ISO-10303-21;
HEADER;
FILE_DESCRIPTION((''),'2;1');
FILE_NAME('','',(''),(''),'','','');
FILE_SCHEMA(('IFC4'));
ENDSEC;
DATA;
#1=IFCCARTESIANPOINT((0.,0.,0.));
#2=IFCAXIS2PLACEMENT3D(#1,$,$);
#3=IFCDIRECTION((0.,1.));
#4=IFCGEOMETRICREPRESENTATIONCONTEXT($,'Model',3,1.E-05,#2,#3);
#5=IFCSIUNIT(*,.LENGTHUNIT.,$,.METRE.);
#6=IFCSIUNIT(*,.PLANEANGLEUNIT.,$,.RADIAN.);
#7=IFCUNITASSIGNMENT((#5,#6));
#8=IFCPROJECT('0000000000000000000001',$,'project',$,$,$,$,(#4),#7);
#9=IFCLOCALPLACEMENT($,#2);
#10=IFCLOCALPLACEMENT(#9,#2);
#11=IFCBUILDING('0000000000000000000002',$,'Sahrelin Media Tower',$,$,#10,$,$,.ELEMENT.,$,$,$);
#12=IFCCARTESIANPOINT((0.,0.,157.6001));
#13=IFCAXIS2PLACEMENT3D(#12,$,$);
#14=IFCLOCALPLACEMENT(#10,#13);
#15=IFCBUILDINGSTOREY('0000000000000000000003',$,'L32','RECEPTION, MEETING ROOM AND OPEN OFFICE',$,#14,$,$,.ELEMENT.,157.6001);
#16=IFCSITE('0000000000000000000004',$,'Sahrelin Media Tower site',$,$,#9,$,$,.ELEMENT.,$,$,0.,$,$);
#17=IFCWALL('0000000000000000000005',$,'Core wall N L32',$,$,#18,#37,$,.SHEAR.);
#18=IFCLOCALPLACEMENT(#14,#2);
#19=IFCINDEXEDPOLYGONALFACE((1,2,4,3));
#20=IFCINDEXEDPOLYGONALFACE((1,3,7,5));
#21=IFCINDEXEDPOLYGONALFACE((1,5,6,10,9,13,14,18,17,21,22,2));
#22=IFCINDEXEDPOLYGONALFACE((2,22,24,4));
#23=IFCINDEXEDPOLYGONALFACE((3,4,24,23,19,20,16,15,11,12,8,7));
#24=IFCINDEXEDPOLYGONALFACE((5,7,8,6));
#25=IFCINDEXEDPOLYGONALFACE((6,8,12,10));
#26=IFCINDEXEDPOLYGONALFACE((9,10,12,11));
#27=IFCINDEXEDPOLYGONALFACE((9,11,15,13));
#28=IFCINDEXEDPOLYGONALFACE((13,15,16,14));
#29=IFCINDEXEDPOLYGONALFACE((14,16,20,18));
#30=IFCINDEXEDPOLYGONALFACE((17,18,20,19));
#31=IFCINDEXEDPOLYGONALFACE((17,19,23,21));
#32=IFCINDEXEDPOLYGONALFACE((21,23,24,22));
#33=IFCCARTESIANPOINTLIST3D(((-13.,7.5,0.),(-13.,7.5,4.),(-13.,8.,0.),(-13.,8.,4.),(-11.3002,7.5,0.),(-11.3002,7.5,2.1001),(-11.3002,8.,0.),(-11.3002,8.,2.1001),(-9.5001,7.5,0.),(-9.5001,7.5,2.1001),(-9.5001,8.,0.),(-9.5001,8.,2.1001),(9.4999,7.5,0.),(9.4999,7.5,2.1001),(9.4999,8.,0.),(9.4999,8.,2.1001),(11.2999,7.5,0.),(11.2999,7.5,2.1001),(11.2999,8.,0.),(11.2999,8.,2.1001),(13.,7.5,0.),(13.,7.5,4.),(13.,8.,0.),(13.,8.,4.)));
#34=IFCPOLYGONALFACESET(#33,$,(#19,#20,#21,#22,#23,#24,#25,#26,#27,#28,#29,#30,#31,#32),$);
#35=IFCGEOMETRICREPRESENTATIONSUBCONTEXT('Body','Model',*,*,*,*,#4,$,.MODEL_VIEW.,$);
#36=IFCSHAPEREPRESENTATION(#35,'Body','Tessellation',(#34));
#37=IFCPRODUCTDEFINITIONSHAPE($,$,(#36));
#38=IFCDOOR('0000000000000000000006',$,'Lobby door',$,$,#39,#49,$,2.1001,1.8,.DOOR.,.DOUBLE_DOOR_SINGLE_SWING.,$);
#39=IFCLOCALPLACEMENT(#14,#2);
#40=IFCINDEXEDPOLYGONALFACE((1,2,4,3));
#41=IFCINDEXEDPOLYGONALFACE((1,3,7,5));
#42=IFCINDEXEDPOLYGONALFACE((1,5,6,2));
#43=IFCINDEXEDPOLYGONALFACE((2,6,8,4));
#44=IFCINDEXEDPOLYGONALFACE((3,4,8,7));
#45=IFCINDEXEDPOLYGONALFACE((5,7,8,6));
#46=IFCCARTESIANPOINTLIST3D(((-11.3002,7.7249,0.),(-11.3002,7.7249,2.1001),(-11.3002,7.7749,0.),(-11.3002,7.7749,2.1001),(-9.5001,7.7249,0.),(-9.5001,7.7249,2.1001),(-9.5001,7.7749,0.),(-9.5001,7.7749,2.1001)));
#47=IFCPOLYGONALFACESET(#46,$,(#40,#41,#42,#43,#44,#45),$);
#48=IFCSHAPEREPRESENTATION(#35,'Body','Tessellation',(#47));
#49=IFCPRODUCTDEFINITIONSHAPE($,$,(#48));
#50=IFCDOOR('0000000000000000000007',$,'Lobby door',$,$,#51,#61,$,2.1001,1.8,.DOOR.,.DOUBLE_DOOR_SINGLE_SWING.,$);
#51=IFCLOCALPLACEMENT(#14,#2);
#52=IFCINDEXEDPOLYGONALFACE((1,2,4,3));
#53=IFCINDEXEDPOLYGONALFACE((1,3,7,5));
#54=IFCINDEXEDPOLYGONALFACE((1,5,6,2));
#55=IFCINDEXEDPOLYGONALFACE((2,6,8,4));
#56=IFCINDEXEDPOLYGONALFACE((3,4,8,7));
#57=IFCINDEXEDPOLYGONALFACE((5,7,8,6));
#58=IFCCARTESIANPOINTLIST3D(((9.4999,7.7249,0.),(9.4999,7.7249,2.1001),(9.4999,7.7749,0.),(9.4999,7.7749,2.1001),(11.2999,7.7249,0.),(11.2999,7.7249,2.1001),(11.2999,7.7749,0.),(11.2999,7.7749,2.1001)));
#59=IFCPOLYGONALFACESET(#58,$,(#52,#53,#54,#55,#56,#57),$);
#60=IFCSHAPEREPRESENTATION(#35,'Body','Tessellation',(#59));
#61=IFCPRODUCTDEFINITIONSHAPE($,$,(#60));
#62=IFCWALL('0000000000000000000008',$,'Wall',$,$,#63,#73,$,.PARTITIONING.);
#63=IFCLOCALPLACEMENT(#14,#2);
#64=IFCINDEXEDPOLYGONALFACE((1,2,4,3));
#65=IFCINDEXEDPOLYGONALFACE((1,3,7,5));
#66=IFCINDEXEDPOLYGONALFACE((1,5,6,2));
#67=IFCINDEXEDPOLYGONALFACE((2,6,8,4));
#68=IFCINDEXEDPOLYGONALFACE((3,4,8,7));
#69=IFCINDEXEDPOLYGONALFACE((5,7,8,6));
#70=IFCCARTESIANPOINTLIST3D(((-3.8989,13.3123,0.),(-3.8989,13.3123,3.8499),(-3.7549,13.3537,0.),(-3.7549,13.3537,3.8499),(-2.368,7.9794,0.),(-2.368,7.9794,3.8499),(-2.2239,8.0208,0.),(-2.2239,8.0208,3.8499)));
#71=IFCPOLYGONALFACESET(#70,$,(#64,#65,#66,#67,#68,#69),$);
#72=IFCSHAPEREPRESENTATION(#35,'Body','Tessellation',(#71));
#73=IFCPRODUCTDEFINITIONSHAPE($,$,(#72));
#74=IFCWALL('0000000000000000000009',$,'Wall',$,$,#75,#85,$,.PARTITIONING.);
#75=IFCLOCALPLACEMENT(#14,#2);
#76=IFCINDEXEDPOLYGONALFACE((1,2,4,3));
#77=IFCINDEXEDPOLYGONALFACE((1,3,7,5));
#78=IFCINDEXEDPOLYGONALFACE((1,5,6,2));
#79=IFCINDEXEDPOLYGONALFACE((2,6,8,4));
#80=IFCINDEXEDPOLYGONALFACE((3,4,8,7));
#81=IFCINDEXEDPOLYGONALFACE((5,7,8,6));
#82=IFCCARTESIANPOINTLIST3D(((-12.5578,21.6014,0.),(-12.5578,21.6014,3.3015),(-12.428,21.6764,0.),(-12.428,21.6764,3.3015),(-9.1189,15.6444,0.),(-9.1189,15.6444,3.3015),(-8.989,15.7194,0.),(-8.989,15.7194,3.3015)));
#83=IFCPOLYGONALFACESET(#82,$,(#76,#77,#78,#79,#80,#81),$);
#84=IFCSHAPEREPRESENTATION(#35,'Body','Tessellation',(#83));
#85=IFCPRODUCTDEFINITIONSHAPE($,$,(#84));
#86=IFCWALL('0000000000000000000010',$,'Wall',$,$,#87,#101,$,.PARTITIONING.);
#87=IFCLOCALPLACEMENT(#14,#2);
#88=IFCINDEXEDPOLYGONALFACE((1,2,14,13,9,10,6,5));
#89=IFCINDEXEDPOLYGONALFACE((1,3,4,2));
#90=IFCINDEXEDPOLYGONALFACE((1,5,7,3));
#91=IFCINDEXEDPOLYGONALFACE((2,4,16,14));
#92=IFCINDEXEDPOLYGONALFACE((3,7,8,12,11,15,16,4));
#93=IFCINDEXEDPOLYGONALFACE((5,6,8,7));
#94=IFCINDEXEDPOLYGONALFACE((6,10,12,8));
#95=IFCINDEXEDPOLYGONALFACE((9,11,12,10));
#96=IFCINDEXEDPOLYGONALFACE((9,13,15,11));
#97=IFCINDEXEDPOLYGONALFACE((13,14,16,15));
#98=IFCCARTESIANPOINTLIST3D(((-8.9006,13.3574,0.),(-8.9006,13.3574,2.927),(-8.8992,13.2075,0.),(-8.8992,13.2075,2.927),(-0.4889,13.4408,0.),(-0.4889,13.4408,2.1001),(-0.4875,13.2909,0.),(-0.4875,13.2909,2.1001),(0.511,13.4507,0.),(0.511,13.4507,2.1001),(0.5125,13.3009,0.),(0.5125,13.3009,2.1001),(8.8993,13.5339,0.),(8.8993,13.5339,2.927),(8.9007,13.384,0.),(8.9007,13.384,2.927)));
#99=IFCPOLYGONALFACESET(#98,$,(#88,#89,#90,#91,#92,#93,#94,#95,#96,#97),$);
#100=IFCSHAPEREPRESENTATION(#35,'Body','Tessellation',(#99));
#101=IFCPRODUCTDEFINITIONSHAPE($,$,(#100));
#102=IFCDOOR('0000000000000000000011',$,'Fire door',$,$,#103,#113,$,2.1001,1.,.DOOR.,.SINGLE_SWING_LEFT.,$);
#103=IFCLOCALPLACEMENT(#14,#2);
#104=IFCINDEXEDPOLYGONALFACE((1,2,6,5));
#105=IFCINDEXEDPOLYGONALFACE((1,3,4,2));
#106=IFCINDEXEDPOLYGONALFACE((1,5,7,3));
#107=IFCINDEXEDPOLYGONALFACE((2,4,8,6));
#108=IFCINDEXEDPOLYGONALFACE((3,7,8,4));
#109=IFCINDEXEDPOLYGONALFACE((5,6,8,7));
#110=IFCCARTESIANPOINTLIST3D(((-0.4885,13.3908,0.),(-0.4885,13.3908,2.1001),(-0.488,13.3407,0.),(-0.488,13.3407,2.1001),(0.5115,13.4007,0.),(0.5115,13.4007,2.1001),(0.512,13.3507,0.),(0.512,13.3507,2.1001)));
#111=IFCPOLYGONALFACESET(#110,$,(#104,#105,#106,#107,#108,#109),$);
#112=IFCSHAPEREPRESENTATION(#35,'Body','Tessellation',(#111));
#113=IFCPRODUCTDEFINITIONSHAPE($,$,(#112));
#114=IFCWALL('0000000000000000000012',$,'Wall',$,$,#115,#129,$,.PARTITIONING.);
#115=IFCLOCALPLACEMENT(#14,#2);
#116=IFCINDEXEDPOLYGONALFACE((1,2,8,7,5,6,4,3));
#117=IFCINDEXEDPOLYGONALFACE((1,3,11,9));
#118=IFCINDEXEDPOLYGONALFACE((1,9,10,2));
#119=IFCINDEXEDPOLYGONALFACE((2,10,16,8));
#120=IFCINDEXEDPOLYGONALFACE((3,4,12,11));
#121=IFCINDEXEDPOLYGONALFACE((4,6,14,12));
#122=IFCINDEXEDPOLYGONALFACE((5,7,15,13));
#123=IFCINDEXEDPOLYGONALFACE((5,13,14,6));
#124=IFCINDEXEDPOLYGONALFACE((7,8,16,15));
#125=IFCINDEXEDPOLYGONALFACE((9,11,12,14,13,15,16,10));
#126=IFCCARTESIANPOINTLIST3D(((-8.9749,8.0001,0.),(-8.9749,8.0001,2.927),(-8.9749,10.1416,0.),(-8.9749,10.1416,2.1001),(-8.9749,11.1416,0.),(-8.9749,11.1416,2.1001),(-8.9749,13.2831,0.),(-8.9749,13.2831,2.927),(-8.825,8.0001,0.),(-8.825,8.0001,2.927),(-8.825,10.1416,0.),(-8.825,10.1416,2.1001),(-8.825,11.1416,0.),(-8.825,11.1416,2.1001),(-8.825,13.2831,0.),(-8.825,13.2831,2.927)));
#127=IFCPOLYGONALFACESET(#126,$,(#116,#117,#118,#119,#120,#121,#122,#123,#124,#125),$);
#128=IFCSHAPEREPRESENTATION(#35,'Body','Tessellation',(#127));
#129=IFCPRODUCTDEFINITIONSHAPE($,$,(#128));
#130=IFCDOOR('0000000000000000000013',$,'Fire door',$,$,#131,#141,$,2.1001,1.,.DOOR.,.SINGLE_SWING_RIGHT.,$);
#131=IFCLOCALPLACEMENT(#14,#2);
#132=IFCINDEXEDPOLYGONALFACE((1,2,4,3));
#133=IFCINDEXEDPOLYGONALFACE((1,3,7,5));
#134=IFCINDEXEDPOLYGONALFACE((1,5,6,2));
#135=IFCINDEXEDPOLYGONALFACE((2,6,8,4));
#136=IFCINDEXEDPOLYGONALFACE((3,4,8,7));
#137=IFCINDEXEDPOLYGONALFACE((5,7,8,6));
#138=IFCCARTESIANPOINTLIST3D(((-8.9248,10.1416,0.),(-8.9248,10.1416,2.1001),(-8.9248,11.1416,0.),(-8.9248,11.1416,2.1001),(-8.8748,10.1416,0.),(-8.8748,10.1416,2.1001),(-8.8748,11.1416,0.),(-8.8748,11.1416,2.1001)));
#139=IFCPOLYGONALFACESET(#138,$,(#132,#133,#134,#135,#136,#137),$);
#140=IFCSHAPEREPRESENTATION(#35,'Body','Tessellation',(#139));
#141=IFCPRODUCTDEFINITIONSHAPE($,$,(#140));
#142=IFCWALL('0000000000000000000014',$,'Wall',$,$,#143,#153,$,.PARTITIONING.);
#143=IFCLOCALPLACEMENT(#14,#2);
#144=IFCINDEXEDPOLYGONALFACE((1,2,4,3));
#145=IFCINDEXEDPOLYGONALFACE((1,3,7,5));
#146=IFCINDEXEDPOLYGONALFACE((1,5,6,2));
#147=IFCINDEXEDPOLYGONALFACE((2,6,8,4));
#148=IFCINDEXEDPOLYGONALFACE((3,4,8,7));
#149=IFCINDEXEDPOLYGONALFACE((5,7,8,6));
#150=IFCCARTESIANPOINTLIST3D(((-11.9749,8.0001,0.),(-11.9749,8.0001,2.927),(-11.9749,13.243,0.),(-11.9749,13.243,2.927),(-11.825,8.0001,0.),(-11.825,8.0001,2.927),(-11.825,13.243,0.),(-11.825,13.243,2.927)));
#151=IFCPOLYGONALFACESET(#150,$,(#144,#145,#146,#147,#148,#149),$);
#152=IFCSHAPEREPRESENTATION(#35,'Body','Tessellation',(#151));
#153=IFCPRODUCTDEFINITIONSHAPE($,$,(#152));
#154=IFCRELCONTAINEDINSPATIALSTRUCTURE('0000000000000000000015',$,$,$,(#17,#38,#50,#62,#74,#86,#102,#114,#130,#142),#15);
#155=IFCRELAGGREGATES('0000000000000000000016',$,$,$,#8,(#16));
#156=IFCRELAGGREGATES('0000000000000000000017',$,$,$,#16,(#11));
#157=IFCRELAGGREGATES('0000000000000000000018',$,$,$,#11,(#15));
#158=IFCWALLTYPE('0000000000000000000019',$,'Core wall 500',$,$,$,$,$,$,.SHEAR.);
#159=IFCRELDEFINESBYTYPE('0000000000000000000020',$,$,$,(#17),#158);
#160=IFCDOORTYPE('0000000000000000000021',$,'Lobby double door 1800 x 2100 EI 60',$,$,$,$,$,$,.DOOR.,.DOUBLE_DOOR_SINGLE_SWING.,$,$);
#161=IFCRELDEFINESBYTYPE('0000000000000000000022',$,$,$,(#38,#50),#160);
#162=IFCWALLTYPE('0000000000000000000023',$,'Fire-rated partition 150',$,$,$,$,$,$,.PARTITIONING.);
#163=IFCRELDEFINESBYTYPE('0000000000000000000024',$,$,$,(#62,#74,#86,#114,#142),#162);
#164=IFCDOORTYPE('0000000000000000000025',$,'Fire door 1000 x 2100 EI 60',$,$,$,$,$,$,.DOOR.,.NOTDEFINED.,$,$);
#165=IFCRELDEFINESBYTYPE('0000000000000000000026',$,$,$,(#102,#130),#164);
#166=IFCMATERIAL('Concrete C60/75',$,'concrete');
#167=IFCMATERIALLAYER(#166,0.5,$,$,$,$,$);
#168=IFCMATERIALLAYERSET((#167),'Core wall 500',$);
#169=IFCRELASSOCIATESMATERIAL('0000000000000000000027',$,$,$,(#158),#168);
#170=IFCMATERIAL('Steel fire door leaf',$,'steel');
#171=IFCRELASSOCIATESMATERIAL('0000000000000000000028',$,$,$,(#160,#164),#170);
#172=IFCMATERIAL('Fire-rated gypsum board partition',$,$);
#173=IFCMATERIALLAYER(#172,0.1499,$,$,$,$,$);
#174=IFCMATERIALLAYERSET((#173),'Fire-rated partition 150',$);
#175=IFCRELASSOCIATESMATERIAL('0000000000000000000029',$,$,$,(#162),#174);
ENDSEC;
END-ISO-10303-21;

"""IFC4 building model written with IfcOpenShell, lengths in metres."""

from ifc_helpers import new_model, si_unit, direction, frame, frame_2d, origin, place, context, subcontext, project, spatial, rectangle, extrude, material, layer, layer_set, type_object, element, fill, save


model = new_model("IFC4")

# Units and contexts
model_context = context("Model", 3, precision=1e-05, world=origin(), true_north=direction((0.0, 1.0)))
body_context = subcontext(model_context, "Body", "Model", "MODEL_VIEW")
ifc_project = project(units=[si_unit("LENGTHUNIT", "METRE"), si_unit("PLANEANGLEUNIT", "RADIAN")], contexts=[model_context])

# Site, building, storey
site_placement = place(None, origin())
site = spatial("IfcSite", under=ifc_project, at=site_placement, Name="Sahrelin Media Tower site", CompositionType="ELEMENT", RefElevation=0.0)
building_placement = place(site_placement, origin())
building = spatial("IfcBuilding", under=site, at=building_placement, Name="Sahrelin Media Tower", CompositionType="ELEMENT")
storey_placement = place(building_placement, frame((0.0, 0.0, 157.6001)))
storey = spatial("IfcBuildingStorey", under=building, at=storey_placement, Name="L32", Description="RECEPTION, MEETING ROOM AND OPEN OFFICE", CompositionType="ELEMENT", Elevation=157.6001)

# Wall, openings, doors
ifc_material_1 = material(Name="Concrete C60/75", Category="concrete")
ifc_layer_1 = layer(ifc_material_1, 0.5)
ifc_layer_set_1 = layer_set([ifc_layer_1], Name="Core wall 500")
wall_type_1 = type_object("IfcWallType", Name="Core wall 500", PredefinedType="SHEAR", material=ifc_layer_set_1)
wall_1_placement = place(storey_placement, frame((-13.0, 7.75, 0.0), z_axis=(0.0, 0.0, 1.0), x_axis=(1.0, 0.0, 0.0)))
wall_1 = element("IfcWall", 1, at=wall_1_placement, inside=storey, type_object=wall_type_1, Name="Core wall N L32", PredefinedType="SHEAR", context=body_context, shape_type="SweptSolid", body=[
    extrude(rectangle(XDim=26.0, YDim=0.5, at=frame_2d((13.0, 0.0))), origin(), (0.0, 0.0, 1.0), 4.0),
])
opening_1_placement = place(wall_1_placement, frame((1.7, 0.0, 0.0)))
opening_1 = element("IfcOpeningElement", 2, at=opening_1_placement, cuts=wall_1, PredefinedType="OPENING", context=body_context, shape_type="SweptSolid", body=[
    extrude(rectangle(XDim=1.8, YDim=2.1001, at=frame_2d((0.8999, 1.05))), frame((0.0, 0.25, 0.0), z_axis=(0.0, -1.0, 0.0), x_axis=(1.0, 0.0, 0.0)), (0.0, 0.0, 1.0), 0.5),
])
opening_2_placement = place(wall_1_placement, frame((22.5, 0.0, 0.0)))
opening_2 = element("IfcOpeningElement", 3, at=opening_2_placement, cuts=wall_1, PredefinedType="OPENING", context=body_context, shape_type="SweptSolid", body=[
    extrude(rectangle(XDim=1.8, YDim=2.1001, at=frame_2d((0.8999, 1.05))), frame((0.0, 0.25, 0.0), z_axis=(0.0, -1.0, 0.0), x_axis=(1.0, 0.0, 0.0)), (0.0, 0.0, 1.0), 0.5),
])
ifc_material_2 = material(Name="Steel fire door leaf", Category="steel")
door_type_1 = type_object("IfcDoorType", Name="Lobby double door 1800 x 2100 EI 60", OperationType="DOUBLE_DOOR_SINGLE_SWING", PredefinedType="DOOR", material=ifc_material_2)
door_1_placement = place(opening_1_placement, origin())
door_1 = element("IfcDoor", 4, at=door_1_placement, inside=storey, type_object=door_type_1, Name="Lobby door", OperationType="DOUBLE_DOOR_SINGLE_SWING", OverallHeight=2.1001, OverallWidth=1.8, PredefinedType="DOOR", context=body_context, shape_type="SweptSolid", body=[
    extrude(rectangle(XDim=1.8, YDim=2.1001, at=frame_2d((0.8999, 1.05))), frame((0.0, 0.0249, 0.0), z_axis=(0.0, -1.0, 0.0), x_axis=(1.0, 0.0, 0.0)), (0.0, 0.0, 1.0), 0.05),
])
fill(opening_1, door_1)
door_2_placement = place(opening_2_placement, origin())
door_2 = element("IfcDoor", 5, at=door_2_placement, inside=storey, type_object=door_type_1, Name="Lobby door", OperationType="DOUBLE_DOOR_SINGLE_SWING", OverallHeight=2.1001, OverallWidth=1.8, PredefinedType="DOOR", context=body_context, shape_type="SweptSolid", body=[
    extrude(rectangle(XDim=1.8, YDim=2.1001, at=frame_2d((0.8999, 1.05))), frame((0.0, 0.0249, 0.0), z_axis=(0.0, -1.0, 0.0), x_axis=(1.0, 0.0, 0.0)), (0.0, 0.0, 1.0), 0.05),
])
fill(opening_2, door_2)

# Walls
ifc_material_3 = material(Name="Fire-rated gypsum board partition")
ifc_layer_2 = layer(ifc_material_3, 0.1499)
ifc_layer_set_2 = layer_set([ifc_layer_2], Name="Fire-rated partition 150")
wall_type_2 = type_object("IfcWallType", Name="Fire-rated partition 150", PredefinedType="PARTITIONING", material=ifc_layer_set_2)
wall_2_placement = place(storey_placement, frame((-3.8269, 13.333, 0.0), z_axis=(0.0, 0.0, 1.0), x_axis=(0.275936, -0.961176, 0.0)))
element("IfcWall", 6, at=wall_2_placement, inside=storey, type_object=wall_type_2, Name="Wall", PredefinedType="PARTITIONING", context=body_context, shape_type="SweptSolid", body=[
    extrude(rectangle(XDim=5.5483, YDim=0.1499, at=frame_2d((2.7742, 0.0))), origin(), (0.0, 0.0, 1.0), 3.8499),
])
wall_3_placement = place(storey_placement, frame((-12.4929, 21.6389, 0.0), z_axis=(0.0, 0.0, 1.0), x_axis=(0.499964, -0.866046, 0.0)))
element("IfcWall", 7, at=wall_3_placement, inside=storey, type_object=wall_type_2, Name="Wall", PredefinedType="PARTITIONING", context=body_context, shape_type="SweptSolid", body=[
    extrude(rectangle(XDim=6.8784, YDim=0.1499, at=frame_2d((3.4392, 0.0))), origin(), (0.0, 0.0, 1.0), 3.3015),
])

# Walls, openings, doors
wall_4_placement = place(storey_placement, frame((-8.8999, 13.2825, 0.0), z_axis=(0.0, 0.0, 1.0), x_axis=(0.999951, 0.009916, 0.0)))
wall_4 = element("IfcWall", 8, at=wall_4_placement, inside=storey, type_object=wall_type_2, Name="Wall", PredefinedType="PARTITIONING", context=body_context, shape_type="SweptSolid", body=[
    extrude(rectangle(XDim=17.8008, YDim=0.1499, at=frame_2d((8.9004, 0.0))), origin(), (0.0, 0.0, 1.0), 2.927),
])
opening_3_placement = place(wall_4_placement, frame((8.4121, 0.0, 0.0)))
opening_3 = element("IfcOpeningElement", 9, at=opening_3_placement, cuts=wall_4, PredefinedType="OPENING", context=body_context, shape_type="SweptSolid", body=[
    extrude(rectangle(XDim=1.0, YDim=2.1001, at=frame_2d((0.5, 1.05))), frame((0.0, 0.075, 0.0), z_axis=(0.0, -1.0, 0.0), x_axis=(1.0, 0.0, 0.0)), (0.0, 0.0, 1.0), 0.1499),
])
door_type_2 = type_object("IfcDoorType", Name="Fire door 1000 x 2100 EI 60", OperationType="NOTDEFINED", PredefinedType="DOOR", material=ifc_material_2)
door_3_placement = place(opening_3_placement, origin())
door_3 = element("IfcDoor", 10, at=door_3_placement, inside=storey, type_object=door_type_2, Name="Fire door", OperationType="SINGLE_SWING_LEFT", OverallHeight=2.1001, OverallWidth=1.0, PredefinedType="DOOR", context=body_context, shape_type="SweptSolid", body=[
    extrude(rectangle(XDim=1.0, YDim=2.1001, at=frame_2d((0.5, 1.05))), frame((0.0, 0.0249, 0.0), z_axis=(0.0, -1.0, 0.0), x_axis=(1.0, 0.0, 0.0)), (0.0, 0.0, 1.0), 0.05),
])
fill(opening_3, door_3)
wall_5_placement = place(storey_placement, frame((-8.8999, 8.0, 0.0), z_axis=(0.0, 0.0, 1.0), x_axis=(0.0, 1.0, 0.0)))
wall_5 = element("IfcWall", 11, at=wall_5_placement, inside=storey, type_object=wall_type_2, Name="Wall", PredefinedType="PARTITIONING", context=body_context, shape_type="SweptSolid", body=[
    extrude(rectangle(XDim=5.283, YDim=0.1499, at=frame_2d((2.6416, 0.0))), origin(), (0.0, 0.0, 1.0), 2.927),
])
opening_4_placement = place(wall_5_placement, frame((2.1416, 0.0, 0.0)))
opening_4 = element("IfcOpeningElement", 12, at=opening_4_placement, cuts=wall_5, PredefinedType="OPENING", context=body_context, shape_type="SweptSolid", body=[
    extrude(rectangle(XDim=1.0, YDim=2.1001, at=frame_2d((0.5, 1.05))), frame((0.0, 0.075, 0.0), z_axis=(0.0, -1.0, 0.0), x_axis=(1.0, 0.0, 0.0)), (0.0, 0.0, 1.0), 0.1499),
])
door_4_placement = place(opening_4_placement, origin())
door_4 = element("IfcDoor", 13, at=door_4_placement, inside=storey, type_object=door_type_2, Name="Fire door", OperationType="SINGLE_SWING_RIGHT", OverallHeight=2.1001, OverallWidth=1.0, PredefinedType="DOOR", context=body_context, shape_type="SweptSolid", body=[
    extrude(rectangle(XDim=1.0, YDim=2.1001, at=frame_2d((0.5, 1.05))), frame((0.0, 0.0249, 0.0), z_axis=(0.0, -1.0, 0.0), x_axis=(1.0, 0.0, 0.0)), (0.0, 0.0, 1.0), 0.05),
])
fill(opening_4, door_4)

# Wall
wall_6_placement = place(storey_placement, frame((-11.8999, 8.0, 0.0), z_axis=(0.0, 0.0, 1.0), x_axis=(0.0, 1.0, 0.0)))
element("IfcWall", 14, at=wall_6_placement, inside=storey, type_object=wall_type_2, Name="Wall", PredefinedType="PARTITIONING", context=body_context, shape_type="SweptSolid", body=[
    extrude(rectangle(XDim=5.2429, YDim=0.1499, at=frame_2d((2.6216, 0.0))), origin(), (0.0, 0.0, 1.0), 2.927),
])

save(model, "model.ifc")
